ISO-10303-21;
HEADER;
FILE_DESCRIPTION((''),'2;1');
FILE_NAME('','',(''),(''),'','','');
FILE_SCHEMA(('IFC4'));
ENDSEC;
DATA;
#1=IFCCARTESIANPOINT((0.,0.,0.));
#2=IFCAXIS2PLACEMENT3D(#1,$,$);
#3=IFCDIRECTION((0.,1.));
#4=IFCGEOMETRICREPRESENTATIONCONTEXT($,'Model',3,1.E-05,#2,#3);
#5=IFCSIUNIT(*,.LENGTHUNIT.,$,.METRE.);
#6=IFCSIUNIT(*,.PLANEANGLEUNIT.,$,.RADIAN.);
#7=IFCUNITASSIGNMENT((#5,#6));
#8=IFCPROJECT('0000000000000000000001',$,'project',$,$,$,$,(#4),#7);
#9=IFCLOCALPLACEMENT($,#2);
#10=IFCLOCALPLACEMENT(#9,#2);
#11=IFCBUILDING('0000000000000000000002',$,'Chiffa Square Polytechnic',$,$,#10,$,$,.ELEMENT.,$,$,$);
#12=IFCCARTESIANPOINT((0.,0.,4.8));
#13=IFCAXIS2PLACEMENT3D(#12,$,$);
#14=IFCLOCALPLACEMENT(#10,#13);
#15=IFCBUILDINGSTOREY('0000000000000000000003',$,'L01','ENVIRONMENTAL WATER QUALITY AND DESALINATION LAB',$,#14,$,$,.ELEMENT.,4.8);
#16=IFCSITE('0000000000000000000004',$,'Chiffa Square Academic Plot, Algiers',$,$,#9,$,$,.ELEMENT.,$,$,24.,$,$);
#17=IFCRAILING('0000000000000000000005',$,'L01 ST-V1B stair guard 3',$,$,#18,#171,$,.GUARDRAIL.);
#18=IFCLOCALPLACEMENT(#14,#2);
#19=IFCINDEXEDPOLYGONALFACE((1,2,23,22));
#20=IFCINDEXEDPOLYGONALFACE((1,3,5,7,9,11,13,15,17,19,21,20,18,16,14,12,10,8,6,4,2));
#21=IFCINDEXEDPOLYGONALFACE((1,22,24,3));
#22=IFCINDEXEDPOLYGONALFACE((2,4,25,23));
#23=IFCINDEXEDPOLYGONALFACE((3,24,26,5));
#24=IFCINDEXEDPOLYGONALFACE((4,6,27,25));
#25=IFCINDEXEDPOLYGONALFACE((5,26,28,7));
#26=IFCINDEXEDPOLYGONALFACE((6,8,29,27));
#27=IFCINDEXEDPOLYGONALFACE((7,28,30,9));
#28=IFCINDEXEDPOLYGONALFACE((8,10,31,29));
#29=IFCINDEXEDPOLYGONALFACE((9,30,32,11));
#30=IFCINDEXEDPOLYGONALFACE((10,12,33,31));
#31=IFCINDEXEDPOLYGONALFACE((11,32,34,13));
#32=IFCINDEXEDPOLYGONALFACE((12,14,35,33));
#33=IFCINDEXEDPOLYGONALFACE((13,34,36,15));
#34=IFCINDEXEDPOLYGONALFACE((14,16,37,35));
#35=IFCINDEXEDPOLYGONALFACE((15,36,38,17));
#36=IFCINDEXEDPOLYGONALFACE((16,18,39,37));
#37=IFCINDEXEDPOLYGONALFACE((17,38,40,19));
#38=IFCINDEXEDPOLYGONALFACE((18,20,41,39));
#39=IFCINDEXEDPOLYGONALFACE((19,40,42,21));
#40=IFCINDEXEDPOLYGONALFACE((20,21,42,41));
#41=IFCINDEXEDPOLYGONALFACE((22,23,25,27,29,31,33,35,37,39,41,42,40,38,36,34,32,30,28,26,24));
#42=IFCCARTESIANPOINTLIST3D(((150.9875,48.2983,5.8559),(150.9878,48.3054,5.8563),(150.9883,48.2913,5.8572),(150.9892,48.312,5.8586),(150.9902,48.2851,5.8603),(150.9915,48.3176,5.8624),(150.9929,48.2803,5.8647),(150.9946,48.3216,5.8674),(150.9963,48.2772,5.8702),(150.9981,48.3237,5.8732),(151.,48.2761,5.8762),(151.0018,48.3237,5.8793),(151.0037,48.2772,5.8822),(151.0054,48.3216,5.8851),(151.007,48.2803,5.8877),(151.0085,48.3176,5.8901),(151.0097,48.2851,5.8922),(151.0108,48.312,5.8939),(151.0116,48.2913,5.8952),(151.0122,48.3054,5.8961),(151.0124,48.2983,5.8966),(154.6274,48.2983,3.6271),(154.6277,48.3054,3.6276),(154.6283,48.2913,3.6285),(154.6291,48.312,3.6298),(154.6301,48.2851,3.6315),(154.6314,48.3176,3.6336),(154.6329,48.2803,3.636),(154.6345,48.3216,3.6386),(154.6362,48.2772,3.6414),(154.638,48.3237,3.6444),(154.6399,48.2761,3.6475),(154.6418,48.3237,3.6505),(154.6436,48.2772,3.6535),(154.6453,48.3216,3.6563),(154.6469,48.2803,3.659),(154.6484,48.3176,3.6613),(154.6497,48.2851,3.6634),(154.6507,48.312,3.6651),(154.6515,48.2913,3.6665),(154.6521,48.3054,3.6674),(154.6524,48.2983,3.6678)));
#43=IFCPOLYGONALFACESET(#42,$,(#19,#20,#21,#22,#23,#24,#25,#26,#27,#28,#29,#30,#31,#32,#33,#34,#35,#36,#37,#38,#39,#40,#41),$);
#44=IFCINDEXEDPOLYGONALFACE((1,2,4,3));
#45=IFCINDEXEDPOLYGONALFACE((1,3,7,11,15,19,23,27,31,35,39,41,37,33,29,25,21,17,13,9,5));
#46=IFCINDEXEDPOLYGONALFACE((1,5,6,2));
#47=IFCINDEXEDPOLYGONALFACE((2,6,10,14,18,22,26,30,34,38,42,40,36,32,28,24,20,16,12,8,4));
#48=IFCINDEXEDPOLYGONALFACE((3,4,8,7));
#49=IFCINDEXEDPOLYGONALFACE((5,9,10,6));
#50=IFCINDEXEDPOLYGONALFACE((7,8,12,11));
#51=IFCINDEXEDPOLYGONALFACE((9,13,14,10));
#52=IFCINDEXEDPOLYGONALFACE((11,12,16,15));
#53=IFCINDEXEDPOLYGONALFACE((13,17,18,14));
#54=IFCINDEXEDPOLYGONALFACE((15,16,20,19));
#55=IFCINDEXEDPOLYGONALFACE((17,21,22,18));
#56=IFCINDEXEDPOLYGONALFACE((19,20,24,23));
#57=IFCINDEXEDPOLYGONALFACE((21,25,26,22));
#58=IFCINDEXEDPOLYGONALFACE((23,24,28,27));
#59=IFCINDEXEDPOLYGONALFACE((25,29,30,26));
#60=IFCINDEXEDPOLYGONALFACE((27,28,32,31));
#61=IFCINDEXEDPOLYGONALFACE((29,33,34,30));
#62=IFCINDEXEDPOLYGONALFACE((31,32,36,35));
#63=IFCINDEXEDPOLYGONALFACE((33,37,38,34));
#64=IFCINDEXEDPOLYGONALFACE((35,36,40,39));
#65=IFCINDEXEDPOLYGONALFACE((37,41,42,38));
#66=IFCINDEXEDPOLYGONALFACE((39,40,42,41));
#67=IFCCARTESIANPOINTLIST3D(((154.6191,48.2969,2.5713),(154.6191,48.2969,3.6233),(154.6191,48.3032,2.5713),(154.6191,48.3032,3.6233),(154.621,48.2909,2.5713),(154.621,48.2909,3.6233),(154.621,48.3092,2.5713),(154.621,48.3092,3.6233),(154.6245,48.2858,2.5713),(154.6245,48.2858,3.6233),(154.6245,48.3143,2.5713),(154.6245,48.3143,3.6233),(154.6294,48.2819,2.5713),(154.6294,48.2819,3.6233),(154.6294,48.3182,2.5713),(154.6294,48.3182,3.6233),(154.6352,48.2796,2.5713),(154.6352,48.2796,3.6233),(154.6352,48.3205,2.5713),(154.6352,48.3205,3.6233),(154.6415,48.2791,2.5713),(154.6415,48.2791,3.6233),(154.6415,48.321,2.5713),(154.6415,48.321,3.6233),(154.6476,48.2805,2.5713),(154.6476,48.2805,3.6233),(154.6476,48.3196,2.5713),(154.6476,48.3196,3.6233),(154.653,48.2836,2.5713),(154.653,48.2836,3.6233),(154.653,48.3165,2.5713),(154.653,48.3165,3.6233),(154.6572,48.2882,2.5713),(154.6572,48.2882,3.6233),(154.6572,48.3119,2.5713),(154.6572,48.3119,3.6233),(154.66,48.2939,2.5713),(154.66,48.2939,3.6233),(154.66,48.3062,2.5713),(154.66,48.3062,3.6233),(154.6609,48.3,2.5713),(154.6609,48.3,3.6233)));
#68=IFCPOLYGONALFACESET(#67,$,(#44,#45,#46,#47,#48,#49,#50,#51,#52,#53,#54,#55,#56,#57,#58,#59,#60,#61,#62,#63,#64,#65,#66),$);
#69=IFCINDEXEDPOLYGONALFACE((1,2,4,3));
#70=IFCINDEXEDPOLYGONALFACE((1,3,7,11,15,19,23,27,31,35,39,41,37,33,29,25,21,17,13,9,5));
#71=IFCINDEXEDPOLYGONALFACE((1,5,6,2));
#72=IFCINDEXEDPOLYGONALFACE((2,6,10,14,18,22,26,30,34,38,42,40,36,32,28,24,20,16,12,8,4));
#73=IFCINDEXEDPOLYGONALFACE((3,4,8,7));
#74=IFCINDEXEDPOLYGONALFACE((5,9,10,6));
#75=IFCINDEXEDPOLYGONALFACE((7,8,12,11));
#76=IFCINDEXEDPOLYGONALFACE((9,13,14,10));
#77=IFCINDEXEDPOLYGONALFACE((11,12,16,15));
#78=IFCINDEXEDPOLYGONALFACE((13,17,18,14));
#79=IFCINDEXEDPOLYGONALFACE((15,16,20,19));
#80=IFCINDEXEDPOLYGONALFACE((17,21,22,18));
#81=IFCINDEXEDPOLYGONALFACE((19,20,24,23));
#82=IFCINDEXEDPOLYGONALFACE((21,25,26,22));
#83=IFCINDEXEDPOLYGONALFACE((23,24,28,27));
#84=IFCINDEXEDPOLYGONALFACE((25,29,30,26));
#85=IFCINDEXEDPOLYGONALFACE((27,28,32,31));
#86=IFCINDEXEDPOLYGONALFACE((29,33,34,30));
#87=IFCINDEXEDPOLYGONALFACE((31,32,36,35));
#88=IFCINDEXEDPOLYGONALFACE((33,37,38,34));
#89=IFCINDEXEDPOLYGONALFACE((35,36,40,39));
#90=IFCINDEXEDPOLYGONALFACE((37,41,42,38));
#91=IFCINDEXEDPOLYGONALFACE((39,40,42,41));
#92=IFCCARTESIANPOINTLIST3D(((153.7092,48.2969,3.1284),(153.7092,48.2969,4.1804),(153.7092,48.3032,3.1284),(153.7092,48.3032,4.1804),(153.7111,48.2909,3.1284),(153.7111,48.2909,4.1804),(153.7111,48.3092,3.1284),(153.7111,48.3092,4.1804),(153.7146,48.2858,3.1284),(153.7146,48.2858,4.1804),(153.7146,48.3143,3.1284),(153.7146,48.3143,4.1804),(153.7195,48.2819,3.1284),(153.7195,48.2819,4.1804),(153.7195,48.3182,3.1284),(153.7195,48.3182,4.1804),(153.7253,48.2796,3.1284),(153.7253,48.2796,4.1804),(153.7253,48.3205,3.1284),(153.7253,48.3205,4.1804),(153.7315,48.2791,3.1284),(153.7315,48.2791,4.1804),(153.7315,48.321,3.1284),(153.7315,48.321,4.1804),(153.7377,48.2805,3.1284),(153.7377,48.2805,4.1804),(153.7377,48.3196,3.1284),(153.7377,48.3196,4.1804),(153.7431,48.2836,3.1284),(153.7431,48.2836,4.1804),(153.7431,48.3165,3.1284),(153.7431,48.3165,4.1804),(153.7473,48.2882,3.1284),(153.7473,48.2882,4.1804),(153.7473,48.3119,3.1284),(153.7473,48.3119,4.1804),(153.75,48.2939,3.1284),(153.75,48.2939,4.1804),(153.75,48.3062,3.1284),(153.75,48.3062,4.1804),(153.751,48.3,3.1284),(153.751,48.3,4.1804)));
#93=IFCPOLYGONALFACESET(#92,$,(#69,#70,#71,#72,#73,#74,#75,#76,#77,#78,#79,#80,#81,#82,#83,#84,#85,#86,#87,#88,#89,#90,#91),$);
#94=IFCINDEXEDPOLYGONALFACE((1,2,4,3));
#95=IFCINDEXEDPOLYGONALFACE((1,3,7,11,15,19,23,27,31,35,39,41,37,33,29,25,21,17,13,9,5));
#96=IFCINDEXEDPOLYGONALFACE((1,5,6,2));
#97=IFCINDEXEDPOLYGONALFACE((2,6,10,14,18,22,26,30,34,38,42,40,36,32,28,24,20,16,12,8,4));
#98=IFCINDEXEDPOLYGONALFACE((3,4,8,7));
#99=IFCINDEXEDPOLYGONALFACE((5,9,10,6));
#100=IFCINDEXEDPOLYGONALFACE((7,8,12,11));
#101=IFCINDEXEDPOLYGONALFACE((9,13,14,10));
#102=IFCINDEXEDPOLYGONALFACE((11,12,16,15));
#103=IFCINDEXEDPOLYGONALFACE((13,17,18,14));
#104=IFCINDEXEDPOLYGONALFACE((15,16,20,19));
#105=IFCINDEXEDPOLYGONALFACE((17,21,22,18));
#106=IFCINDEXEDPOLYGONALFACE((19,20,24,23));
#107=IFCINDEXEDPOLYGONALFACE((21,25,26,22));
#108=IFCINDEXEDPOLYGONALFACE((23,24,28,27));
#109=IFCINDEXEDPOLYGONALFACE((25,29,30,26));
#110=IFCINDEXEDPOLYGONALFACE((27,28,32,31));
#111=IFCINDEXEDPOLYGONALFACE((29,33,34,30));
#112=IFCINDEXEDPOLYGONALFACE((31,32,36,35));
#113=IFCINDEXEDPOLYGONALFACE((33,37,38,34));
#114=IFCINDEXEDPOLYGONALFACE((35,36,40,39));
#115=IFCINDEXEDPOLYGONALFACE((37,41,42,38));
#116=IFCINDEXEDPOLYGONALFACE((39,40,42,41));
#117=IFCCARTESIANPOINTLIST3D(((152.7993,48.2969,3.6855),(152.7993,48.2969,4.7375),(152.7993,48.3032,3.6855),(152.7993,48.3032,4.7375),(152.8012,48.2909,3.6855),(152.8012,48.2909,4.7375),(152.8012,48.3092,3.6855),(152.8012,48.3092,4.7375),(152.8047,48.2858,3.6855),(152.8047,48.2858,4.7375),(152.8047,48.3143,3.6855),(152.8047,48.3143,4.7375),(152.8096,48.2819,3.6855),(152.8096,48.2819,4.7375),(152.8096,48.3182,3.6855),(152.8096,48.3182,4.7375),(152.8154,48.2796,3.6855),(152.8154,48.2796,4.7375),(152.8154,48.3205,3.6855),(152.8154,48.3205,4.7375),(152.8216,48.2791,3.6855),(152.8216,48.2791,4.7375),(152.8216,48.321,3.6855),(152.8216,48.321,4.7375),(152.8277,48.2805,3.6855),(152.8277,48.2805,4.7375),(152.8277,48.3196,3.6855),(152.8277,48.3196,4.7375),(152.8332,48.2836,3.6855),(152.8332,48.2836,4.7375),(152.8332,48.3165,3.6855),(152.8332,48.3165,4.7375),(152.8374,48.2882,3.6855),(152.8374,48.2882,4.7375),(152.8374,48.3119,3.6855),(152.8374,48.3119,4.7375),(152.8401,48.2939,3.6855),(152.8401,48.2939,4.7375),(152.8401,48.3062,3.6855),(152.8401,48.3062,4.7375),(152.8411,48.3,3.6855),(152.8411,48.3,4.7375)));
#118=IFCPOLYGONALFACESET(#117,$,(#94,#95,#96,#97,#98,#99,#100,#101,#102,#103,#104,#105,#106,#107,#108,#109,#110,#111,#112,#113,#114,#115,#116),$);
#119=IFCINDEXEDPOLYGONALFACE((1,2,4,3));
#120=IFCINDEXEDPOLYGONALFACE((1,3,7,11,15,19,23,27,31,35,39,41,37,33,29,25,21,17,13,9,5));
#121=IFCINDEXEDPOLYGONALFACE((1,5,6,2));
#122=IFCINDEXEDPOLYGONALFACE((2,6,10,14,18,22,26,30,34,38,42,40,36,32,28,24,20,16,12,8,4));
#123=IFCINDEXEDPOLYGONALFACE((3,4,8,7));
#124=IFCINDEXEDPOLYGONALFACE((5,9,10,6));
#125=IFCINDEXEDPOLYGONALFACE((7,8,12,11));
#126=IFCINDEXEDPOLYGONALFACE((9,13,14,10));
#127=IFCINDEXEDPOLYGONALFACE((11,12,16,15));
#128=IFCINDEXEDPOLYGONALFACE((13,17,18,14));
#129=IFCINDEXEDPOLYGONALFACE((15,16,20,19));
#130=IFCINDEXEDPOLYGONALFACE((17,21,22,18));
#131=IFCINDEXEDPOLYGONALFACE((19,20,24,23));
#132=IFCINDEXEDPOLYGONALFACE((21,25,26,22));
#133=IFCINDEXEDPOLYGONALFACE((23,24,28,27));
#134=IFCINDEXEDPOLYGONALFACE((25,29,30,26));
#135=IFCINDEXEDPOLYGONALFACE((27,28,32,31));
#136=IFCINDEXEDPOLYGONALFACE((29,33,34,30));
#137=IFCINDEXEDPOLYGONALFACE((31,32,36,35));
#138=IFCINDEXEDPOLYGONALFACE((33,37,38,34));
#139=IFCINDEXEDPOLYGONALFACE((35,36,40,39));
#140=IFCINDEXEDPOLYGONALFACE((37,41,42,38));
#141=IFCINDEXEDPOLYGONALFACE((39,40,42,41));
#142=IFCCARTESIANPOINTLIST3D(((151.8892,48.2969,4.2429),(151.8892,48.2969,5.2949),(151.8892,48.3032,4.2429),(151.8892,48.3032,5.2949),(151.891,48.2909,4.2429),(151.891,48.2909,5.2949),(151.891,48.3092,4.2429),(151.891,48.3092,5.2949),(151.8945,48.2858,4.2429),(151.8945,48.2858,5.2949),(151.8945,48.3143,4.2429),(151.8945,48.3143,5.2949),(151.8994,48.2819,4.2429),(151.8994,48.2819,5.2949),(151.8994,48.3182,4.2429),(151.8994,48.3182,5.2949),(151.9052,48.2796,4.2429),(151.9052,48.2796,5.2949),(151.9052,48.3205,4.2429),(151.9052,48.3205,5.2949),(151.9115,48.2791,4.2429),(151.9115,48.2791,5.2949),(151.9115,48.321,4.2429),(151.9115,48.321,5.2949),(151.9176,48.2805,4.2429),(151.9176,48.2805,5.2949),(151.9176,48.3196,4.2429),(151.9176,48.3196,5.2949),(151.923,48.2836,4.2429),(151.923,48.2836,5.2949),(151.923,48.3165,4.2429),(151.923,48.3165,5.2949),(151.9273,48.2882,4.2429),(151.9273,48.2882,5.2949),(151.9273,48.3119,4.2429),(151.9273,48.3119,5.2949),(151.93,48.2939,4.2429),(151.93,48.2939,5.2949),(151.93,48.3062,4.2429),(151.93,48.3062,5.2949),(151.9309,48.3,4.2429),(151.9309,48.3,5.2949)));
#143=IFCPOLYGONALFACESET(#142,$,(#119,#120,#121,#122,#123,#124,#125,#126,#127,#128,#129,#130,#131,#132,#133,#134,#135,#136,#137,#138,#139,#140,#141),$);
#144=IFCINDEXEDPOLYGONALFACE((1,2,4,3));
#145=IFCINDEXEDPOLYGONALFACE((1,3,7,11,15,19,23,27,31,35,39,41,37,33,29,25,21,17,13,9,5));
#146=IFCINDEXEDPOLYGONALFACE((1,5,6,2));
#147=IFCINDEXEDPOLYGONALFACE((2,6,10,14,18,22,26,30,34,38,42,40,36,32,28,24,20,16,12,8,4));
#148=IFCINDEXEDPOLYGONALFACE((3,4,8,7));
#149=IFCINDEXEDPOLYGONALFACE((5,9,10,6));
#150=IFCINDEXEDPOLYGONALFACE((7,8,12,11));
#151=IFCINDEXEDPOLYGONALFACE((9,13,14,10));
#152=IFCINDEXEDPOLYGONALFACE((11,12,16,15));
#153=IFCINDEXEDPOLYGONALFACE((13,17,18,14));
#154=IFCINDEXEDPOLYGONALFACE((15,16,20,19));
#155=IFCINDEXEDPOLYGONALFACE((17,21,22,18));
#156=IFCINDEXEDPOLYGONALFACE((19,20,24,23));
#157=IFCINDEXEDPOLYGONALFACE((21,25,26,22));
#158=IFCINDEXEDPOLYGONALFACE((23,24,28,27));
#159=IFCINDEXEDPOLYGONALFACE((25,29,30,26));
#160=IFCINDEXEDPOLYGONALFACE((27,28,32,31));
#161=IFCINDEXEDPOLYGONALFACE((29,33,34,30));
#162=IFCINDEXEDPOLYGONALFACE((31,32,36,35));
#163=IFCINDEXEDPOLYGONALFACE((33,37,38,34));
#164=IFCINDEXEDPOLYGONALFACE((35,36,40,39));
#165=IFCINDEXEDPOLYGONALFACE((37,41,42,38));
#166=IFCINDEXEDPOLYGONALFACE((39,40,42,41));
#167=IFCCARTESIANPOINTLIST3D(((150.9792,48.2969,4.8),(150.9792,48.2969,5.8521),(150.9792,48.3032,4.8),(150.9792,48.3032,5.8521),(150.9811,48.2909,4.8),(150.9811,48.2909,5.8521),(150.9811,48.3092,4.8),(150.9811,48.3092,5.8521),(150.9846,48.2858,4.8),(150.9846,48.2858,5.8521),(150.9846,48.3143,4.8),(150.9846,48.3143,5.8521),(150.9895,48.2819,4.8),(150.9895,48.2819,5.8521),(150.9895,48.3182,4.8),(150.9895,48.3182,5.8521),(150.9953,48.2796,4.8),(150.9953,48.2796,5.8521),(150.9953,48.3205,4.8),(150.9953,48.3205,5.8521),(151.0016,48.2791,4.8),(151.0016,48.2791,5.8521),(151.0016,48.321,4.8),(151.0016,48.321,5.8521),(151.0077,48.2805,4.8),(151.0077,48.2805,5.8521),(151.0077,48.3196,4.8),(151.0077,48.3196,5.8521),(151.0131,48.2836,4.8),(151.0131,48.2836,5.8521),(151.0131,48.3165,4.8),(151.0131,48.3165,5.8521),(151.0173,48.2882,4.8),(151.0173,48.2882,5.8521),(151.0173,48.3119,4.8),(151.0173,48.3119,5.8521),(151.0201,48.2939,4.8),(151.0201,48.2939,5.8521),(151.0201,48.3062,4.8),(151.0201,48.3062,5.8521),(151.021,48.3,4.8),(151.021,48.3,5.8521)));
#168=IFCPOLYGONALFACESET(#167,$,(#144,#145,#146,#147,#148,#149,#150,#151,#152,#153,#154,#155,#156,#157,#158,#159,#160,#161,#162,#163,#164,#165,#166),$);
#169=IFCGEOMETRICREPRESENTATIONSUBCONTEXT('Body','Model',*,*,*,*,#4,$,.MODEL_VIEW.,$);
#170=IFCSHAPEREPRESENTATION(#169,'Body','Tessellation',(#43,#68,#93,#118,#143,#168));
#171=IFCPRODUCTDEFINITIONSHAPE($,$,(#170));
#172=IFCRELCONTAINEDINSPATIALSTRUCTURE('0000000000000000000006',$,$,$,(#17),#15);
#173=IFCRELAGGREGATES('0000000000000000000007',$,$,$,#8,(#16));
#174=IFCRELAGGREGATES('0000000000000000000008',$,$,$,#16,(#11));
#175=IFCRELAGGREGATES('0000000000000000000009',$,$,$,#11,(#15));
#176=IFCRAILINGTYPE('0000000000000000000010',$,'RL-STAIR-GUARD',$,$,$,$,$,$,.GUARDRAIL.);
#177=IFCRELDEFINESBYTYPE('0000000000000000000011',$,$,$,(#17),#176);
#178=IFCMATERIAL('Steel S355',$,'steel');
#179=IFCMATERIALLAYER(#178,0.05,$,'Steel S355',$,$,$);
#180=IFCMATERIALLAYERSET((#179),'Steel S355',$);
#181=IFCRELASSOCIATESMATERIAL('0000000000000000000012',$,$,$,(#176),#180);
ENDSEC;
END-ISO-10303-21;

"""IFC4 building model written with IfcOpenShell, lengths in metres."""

from ifc_helpers import new_model, si_unit, direction, frame, origin, origin_2d, place, context, subcontext, project, spatial, circle, extrude, material, layer, layer_set, type_object, element, save


model = new_model("IFC4")

# Units and contexts
model_context = context("Model", 3, precision=1e-05, world=origin(), true_north=direction((0.0, 1.0)))
body_context = subcontext(model_context, "Body", "Model", "MODEL_VIEW")
ifc_project = project(units=[si_unit("LENGTHUNIT", "METRE"), si_unit("PLANEANGLEUNIT", "RADIAN")], contexts=[model_context])

# Site, building, storey
site_placement = place(None, origin())
site = spatial("IfcSite", under=ifc_project, at=site_placement, Name="Chiffa Square Academic Plot, Algiers", CompositionType="ELEMENT", RefElevation=24.0)
building_placement = place(site_placement, origin())
building = spatial("IfcBuilding", under=site, at=building_placement, Name="Chiffa Square Polytechnic", CompositionType="ELEMENT")
storey_placement = place(building_placement, frame((0.0, 0.0, 4.8)))
storey = spatial("IfcBuildingStorey", under=building, at=storey_placement, Name="L01", Description="ENVIRONMENTAL WATER QUALITY AND DESALINATION LAB", CompositionType="ELEMENT", Elevation=4.8)

# Railing
ifc_material_1 = material(Name="Steel S355", Category="steel")
ifc_layer_1 = layer(ifc_material_1, 0.05, Name="Steel S355")
ifc_layer_set_1 = layer_set([ifc_layer_1], Name="Steel S355")
railing_type_1 = type_object("IfcRailingType", Name="RL-STAIR-GUARD", PredefinedType="GUARDRAIL", material=ifc_layer_set_1)
railing_1_placement = place(storey_placement, frame((154.6399, 48.3, 2.5713)))
element("IfcRailing", 1, at=railing_1_placement, inside=storey, type_object=railing_type_1, Name="L01 ST-V1B stair guard 3", PredefinedType="GUARDRAIL", context=body_context, shape_type="SweptSolid", body=[
    extrude(circle(Radius=0.0239, at=origin_2d()), frame((0.0, 0.0, 1.0762), z_axis=(-0.852825, 0.0, 0.522197), x_axis=(0.0, -1.0, 0.0)), (0.0, 0.0, 1.0), 4.2681),
    extrude(circle(Radius=0.021, at=origin_2d()), origin(), (0.0, 0.0, 1.0), 1.052),
    extrude(circle(Radius=0.021, at=origin_2d()), frame((-0.9099, 0.0, 0.5571)), (0.0, 0.0, 1.0), 1.052),
    extrude(circle(Radius=0.021, at=origin_2d()), frame((-1.8198, 0.0, 1.1143)), (0.0, 0.0, 1.0), 1.052),
    extrude(circle(Radius=0.021, at=origin_2d()), frame((-2.73, 0.0, 1.6716)), (0.0, 0.0, 1.0), 1.052),
    extrude(circle(Radius=0.021, at=origin_2d()), frame((-3.6399, 0.0, 2.2288)), (0.0, 0.0, 1.0), 1.052),
])

save(model, "model.ifc")
